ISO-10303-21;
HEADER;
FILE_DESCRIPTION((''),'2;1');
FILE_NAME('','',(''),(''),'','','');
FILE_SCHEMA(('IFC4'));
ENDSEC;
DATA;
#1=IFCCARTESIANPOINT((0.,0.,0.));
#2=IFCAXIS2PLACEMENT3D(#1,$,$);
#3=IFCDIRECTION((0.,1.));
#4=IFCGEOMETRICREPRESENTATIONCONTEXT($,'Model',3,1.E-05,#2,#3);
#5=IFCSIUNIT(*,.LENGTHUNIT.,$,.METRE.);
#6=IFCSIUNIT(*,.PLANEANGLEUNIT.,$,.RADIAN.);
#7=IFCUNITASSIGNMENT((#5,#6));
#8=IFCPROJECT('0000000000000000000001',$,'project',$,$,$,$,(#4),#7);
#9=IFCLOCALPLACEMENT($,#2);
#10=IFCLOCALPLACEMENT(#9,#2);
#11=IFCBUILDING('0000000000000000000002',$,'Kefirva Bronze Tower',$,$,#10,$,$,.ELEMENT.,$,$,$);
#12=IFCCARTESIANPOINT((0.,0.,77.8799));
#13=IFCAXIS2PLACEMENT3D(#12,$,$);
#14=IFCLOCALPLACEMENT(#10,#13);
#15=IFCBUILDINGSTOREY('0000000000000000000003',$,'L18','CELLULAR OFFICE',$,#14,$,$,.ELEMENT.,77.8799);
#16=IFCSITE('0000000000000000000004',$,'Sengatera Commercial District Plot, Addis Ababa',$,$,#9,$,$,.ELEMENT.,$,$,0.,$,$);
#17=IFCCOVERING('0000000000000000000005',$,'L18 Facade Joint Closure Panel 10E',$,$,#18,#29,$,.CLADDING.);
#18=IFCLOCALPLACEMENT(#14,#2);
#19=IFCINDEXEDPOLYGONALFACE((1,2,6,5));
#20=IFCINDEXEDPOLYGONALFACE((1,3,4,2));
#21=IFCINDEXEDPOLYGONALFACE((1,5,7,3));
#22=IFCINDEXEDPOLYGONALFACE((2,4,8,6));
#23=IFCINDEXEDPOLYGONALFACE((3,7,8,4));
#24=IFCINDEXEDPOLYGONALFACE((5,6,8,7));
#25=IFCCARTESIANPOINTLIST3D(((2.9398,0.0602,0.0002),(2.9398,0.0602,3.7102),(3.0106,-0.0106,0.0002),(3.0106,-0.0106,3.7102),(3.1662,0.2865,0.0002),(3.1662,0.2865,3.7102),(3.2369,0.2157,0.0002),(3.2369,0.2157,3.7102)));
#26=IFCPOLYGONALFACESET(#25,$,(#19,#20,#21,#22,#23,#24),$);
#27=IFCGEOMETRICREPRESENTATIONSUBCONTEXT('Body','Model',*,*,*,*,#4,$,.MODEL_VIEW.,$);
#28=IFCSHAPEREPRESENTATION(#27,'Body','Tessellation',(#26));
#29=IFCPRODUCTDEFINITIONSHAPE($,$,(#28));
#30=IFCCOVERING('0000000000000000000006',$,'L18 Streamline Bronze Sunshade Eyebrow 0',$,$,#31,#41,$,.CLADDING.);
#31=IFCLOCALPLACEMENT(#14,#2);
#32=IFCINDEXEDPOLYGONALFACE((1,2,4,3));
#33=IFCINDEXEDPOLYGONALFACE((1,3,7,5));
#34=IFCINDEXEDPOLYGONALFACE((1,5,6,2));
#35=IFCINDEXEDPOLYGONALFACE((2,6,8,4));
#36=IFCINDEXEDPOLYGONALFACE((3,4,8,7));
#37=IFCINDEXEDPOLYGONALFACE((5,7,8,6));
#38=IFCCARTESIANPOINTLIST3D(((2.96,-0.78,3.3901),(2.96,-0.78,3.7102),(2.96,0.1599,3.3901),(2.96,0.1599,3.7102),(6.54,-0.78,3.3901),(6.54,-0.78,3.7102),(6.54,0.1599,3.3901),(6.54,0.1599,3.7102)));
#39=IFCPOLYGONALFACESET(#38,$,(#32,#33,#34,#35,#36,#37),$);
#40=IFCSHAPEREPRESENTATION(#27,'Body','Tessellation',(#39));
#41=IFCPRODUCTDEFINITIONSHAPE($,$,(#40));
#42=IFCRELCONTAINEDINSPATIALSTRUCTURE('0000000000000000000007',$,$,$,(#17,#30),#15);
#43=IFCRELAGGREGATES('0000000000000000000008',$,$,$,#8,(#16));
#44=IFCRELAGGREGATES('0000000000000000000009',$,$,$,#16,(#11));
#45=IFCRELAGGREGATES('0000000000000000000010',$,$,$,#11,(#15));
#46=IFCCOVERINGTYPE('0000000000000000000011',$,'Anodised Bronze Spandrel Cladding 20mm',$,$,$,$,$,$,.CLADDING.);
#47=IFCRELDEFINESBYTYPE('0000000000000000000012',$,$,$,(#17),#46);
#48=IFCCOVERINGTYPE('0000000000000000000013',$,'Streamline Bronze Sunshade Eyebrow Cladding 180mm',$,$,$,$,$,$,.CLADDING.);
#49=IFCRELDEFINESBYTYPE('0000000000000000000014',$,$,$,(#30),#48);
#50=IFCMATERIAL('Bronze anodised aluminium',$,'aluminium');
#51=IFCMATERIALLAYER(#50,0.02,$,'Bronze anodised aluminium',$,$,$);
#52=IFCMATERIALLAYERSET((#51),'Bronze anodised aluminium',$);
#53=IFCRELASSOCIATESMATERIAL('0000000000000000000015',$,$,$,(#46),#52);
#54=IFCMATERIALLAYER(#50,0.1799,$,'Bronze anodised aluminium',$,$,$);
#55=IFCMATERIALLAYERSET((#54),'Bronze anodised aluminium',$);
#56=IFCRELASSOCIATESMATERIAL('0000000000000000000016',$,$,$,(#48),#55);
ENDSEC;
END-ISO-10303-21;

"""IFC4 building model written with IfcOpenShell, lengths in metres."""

from ifc_helpers import new_model, si_unit, direction, frame, origin, origin_2d, place, context, subcontext, project, spatial, rectangle, extrude, material, layer, layer_set, type_object, element, save


model = new_model("IFC4")

# Units and contexts
model_context = context("Model", 3, precision=1e-05, world=origin(), true_north=direction((0.0, 1.0)))
body_context = subcontext(model_context, "Body", "Model", "MODEL_VIEW")
ifc_project = project(units=[si_unit("LENGTHUNIT", "METRE"), si_unit("PLANEANGLEUNIT", "RADIAN")], contexts=[model_context])

# Site, building, storey
site_placement = place(None, origin())
site = spatial("IfcSite", under=ifc_project, at=site_placement, Name="Sengatera Commercial District Plot, Addis Ababa", CompositionType="ELEMENT", RefElevation=0.0)
building_placement = place(site_placement, origin())
building = spatial("IfcBuilding", under=site, at=building_placement, Name="Kefirva Bronze Tower", CompositionType="ELEMENT")
storey_placement = place(building_placement, frame((0.0, 0.0, 77.8799)))
storey = spatial("IfcBuildingStorey", under=building, at=storey_placement, Name="L18", Description="CELLULAR OFFICE", CompositionType="ELEMENT", Elevation=77.8799)

# Coverings
ifc_material_1 = material(Name="Bronze anodised aluminium", Category="aluminium")
ifc_layer_1 = layer(ifc_material_1, 0.02, Name="Bronze anodised aluminium")
ifc_layer_set_1 = layer_set([ifc_layer_1], Name="Bronze anodised aluminium")
covering_type_1 = type_object("IfcCoveringType", Name="Anodised Bronze Spandrel Cladding 20mm", PredefinedType="CLADDING", material=ifc_layer_set_1)
for number, where, z_axis, x_axis, name in (
    (1, (3.0884, 0.1379, 0.0002), (0.0, 0.0, 1.0), (0.707107, -0.707107, 0.0), "L18 Facade Joint Closure Panel 10E"),
):
    element("IfcCovering", number, at=place(storey_placement, frame(where, z_axis=z_axis, x_axis=x_axis)), inside=storey, type_object=covering_type_1, Name=name, PredefinedType="CLADDING", context=body_context, shape_type="SweptSolid", body=[
        extrude(rectangle(XDim=0.1001, YDim=0.3201, at=origin_2d()), origin(), (0.0, 0.0, 1.0), 3.71),
    ])
ifc_layer_2 = layer(ifc_material_1, 0.1799, Name="Bronze anodised aluminium")
ifc_layer_set_2 = layer_set([ifc_layer_2], Name="Bronze anodised aluminium")
covering_type_2 = type_object("IfcCoveringType", Name="Streamline Bronze Sunshade Eyebrow Cladding 180mm", PredefinedType="CLADDING", material=ifc_layer_set_2)
covering_1_placement = place(storey_placement, frame((4.75, -0.3101, 3.3901), z_axis=(0.0, 0.0, 1.0), x_axis=(1.0, 0.0, 0.0)))
element("IfcCovering", 2, at=covering_1_placement, inside=storey, type_object=covering_type_2, Name="L18 Streamline Bronze Sunshade Eyebrow 0", PredefinedType="CLADDING", context=body_context, shape_type="SweptSolid", body=[
    extrude(rectangle(XDim=3.5801, YDim=0.9399, at=origin_2d()), origin(), (0.0, 0.0, 1.0), 0.3201),
])

save(model, "model.ifc")
